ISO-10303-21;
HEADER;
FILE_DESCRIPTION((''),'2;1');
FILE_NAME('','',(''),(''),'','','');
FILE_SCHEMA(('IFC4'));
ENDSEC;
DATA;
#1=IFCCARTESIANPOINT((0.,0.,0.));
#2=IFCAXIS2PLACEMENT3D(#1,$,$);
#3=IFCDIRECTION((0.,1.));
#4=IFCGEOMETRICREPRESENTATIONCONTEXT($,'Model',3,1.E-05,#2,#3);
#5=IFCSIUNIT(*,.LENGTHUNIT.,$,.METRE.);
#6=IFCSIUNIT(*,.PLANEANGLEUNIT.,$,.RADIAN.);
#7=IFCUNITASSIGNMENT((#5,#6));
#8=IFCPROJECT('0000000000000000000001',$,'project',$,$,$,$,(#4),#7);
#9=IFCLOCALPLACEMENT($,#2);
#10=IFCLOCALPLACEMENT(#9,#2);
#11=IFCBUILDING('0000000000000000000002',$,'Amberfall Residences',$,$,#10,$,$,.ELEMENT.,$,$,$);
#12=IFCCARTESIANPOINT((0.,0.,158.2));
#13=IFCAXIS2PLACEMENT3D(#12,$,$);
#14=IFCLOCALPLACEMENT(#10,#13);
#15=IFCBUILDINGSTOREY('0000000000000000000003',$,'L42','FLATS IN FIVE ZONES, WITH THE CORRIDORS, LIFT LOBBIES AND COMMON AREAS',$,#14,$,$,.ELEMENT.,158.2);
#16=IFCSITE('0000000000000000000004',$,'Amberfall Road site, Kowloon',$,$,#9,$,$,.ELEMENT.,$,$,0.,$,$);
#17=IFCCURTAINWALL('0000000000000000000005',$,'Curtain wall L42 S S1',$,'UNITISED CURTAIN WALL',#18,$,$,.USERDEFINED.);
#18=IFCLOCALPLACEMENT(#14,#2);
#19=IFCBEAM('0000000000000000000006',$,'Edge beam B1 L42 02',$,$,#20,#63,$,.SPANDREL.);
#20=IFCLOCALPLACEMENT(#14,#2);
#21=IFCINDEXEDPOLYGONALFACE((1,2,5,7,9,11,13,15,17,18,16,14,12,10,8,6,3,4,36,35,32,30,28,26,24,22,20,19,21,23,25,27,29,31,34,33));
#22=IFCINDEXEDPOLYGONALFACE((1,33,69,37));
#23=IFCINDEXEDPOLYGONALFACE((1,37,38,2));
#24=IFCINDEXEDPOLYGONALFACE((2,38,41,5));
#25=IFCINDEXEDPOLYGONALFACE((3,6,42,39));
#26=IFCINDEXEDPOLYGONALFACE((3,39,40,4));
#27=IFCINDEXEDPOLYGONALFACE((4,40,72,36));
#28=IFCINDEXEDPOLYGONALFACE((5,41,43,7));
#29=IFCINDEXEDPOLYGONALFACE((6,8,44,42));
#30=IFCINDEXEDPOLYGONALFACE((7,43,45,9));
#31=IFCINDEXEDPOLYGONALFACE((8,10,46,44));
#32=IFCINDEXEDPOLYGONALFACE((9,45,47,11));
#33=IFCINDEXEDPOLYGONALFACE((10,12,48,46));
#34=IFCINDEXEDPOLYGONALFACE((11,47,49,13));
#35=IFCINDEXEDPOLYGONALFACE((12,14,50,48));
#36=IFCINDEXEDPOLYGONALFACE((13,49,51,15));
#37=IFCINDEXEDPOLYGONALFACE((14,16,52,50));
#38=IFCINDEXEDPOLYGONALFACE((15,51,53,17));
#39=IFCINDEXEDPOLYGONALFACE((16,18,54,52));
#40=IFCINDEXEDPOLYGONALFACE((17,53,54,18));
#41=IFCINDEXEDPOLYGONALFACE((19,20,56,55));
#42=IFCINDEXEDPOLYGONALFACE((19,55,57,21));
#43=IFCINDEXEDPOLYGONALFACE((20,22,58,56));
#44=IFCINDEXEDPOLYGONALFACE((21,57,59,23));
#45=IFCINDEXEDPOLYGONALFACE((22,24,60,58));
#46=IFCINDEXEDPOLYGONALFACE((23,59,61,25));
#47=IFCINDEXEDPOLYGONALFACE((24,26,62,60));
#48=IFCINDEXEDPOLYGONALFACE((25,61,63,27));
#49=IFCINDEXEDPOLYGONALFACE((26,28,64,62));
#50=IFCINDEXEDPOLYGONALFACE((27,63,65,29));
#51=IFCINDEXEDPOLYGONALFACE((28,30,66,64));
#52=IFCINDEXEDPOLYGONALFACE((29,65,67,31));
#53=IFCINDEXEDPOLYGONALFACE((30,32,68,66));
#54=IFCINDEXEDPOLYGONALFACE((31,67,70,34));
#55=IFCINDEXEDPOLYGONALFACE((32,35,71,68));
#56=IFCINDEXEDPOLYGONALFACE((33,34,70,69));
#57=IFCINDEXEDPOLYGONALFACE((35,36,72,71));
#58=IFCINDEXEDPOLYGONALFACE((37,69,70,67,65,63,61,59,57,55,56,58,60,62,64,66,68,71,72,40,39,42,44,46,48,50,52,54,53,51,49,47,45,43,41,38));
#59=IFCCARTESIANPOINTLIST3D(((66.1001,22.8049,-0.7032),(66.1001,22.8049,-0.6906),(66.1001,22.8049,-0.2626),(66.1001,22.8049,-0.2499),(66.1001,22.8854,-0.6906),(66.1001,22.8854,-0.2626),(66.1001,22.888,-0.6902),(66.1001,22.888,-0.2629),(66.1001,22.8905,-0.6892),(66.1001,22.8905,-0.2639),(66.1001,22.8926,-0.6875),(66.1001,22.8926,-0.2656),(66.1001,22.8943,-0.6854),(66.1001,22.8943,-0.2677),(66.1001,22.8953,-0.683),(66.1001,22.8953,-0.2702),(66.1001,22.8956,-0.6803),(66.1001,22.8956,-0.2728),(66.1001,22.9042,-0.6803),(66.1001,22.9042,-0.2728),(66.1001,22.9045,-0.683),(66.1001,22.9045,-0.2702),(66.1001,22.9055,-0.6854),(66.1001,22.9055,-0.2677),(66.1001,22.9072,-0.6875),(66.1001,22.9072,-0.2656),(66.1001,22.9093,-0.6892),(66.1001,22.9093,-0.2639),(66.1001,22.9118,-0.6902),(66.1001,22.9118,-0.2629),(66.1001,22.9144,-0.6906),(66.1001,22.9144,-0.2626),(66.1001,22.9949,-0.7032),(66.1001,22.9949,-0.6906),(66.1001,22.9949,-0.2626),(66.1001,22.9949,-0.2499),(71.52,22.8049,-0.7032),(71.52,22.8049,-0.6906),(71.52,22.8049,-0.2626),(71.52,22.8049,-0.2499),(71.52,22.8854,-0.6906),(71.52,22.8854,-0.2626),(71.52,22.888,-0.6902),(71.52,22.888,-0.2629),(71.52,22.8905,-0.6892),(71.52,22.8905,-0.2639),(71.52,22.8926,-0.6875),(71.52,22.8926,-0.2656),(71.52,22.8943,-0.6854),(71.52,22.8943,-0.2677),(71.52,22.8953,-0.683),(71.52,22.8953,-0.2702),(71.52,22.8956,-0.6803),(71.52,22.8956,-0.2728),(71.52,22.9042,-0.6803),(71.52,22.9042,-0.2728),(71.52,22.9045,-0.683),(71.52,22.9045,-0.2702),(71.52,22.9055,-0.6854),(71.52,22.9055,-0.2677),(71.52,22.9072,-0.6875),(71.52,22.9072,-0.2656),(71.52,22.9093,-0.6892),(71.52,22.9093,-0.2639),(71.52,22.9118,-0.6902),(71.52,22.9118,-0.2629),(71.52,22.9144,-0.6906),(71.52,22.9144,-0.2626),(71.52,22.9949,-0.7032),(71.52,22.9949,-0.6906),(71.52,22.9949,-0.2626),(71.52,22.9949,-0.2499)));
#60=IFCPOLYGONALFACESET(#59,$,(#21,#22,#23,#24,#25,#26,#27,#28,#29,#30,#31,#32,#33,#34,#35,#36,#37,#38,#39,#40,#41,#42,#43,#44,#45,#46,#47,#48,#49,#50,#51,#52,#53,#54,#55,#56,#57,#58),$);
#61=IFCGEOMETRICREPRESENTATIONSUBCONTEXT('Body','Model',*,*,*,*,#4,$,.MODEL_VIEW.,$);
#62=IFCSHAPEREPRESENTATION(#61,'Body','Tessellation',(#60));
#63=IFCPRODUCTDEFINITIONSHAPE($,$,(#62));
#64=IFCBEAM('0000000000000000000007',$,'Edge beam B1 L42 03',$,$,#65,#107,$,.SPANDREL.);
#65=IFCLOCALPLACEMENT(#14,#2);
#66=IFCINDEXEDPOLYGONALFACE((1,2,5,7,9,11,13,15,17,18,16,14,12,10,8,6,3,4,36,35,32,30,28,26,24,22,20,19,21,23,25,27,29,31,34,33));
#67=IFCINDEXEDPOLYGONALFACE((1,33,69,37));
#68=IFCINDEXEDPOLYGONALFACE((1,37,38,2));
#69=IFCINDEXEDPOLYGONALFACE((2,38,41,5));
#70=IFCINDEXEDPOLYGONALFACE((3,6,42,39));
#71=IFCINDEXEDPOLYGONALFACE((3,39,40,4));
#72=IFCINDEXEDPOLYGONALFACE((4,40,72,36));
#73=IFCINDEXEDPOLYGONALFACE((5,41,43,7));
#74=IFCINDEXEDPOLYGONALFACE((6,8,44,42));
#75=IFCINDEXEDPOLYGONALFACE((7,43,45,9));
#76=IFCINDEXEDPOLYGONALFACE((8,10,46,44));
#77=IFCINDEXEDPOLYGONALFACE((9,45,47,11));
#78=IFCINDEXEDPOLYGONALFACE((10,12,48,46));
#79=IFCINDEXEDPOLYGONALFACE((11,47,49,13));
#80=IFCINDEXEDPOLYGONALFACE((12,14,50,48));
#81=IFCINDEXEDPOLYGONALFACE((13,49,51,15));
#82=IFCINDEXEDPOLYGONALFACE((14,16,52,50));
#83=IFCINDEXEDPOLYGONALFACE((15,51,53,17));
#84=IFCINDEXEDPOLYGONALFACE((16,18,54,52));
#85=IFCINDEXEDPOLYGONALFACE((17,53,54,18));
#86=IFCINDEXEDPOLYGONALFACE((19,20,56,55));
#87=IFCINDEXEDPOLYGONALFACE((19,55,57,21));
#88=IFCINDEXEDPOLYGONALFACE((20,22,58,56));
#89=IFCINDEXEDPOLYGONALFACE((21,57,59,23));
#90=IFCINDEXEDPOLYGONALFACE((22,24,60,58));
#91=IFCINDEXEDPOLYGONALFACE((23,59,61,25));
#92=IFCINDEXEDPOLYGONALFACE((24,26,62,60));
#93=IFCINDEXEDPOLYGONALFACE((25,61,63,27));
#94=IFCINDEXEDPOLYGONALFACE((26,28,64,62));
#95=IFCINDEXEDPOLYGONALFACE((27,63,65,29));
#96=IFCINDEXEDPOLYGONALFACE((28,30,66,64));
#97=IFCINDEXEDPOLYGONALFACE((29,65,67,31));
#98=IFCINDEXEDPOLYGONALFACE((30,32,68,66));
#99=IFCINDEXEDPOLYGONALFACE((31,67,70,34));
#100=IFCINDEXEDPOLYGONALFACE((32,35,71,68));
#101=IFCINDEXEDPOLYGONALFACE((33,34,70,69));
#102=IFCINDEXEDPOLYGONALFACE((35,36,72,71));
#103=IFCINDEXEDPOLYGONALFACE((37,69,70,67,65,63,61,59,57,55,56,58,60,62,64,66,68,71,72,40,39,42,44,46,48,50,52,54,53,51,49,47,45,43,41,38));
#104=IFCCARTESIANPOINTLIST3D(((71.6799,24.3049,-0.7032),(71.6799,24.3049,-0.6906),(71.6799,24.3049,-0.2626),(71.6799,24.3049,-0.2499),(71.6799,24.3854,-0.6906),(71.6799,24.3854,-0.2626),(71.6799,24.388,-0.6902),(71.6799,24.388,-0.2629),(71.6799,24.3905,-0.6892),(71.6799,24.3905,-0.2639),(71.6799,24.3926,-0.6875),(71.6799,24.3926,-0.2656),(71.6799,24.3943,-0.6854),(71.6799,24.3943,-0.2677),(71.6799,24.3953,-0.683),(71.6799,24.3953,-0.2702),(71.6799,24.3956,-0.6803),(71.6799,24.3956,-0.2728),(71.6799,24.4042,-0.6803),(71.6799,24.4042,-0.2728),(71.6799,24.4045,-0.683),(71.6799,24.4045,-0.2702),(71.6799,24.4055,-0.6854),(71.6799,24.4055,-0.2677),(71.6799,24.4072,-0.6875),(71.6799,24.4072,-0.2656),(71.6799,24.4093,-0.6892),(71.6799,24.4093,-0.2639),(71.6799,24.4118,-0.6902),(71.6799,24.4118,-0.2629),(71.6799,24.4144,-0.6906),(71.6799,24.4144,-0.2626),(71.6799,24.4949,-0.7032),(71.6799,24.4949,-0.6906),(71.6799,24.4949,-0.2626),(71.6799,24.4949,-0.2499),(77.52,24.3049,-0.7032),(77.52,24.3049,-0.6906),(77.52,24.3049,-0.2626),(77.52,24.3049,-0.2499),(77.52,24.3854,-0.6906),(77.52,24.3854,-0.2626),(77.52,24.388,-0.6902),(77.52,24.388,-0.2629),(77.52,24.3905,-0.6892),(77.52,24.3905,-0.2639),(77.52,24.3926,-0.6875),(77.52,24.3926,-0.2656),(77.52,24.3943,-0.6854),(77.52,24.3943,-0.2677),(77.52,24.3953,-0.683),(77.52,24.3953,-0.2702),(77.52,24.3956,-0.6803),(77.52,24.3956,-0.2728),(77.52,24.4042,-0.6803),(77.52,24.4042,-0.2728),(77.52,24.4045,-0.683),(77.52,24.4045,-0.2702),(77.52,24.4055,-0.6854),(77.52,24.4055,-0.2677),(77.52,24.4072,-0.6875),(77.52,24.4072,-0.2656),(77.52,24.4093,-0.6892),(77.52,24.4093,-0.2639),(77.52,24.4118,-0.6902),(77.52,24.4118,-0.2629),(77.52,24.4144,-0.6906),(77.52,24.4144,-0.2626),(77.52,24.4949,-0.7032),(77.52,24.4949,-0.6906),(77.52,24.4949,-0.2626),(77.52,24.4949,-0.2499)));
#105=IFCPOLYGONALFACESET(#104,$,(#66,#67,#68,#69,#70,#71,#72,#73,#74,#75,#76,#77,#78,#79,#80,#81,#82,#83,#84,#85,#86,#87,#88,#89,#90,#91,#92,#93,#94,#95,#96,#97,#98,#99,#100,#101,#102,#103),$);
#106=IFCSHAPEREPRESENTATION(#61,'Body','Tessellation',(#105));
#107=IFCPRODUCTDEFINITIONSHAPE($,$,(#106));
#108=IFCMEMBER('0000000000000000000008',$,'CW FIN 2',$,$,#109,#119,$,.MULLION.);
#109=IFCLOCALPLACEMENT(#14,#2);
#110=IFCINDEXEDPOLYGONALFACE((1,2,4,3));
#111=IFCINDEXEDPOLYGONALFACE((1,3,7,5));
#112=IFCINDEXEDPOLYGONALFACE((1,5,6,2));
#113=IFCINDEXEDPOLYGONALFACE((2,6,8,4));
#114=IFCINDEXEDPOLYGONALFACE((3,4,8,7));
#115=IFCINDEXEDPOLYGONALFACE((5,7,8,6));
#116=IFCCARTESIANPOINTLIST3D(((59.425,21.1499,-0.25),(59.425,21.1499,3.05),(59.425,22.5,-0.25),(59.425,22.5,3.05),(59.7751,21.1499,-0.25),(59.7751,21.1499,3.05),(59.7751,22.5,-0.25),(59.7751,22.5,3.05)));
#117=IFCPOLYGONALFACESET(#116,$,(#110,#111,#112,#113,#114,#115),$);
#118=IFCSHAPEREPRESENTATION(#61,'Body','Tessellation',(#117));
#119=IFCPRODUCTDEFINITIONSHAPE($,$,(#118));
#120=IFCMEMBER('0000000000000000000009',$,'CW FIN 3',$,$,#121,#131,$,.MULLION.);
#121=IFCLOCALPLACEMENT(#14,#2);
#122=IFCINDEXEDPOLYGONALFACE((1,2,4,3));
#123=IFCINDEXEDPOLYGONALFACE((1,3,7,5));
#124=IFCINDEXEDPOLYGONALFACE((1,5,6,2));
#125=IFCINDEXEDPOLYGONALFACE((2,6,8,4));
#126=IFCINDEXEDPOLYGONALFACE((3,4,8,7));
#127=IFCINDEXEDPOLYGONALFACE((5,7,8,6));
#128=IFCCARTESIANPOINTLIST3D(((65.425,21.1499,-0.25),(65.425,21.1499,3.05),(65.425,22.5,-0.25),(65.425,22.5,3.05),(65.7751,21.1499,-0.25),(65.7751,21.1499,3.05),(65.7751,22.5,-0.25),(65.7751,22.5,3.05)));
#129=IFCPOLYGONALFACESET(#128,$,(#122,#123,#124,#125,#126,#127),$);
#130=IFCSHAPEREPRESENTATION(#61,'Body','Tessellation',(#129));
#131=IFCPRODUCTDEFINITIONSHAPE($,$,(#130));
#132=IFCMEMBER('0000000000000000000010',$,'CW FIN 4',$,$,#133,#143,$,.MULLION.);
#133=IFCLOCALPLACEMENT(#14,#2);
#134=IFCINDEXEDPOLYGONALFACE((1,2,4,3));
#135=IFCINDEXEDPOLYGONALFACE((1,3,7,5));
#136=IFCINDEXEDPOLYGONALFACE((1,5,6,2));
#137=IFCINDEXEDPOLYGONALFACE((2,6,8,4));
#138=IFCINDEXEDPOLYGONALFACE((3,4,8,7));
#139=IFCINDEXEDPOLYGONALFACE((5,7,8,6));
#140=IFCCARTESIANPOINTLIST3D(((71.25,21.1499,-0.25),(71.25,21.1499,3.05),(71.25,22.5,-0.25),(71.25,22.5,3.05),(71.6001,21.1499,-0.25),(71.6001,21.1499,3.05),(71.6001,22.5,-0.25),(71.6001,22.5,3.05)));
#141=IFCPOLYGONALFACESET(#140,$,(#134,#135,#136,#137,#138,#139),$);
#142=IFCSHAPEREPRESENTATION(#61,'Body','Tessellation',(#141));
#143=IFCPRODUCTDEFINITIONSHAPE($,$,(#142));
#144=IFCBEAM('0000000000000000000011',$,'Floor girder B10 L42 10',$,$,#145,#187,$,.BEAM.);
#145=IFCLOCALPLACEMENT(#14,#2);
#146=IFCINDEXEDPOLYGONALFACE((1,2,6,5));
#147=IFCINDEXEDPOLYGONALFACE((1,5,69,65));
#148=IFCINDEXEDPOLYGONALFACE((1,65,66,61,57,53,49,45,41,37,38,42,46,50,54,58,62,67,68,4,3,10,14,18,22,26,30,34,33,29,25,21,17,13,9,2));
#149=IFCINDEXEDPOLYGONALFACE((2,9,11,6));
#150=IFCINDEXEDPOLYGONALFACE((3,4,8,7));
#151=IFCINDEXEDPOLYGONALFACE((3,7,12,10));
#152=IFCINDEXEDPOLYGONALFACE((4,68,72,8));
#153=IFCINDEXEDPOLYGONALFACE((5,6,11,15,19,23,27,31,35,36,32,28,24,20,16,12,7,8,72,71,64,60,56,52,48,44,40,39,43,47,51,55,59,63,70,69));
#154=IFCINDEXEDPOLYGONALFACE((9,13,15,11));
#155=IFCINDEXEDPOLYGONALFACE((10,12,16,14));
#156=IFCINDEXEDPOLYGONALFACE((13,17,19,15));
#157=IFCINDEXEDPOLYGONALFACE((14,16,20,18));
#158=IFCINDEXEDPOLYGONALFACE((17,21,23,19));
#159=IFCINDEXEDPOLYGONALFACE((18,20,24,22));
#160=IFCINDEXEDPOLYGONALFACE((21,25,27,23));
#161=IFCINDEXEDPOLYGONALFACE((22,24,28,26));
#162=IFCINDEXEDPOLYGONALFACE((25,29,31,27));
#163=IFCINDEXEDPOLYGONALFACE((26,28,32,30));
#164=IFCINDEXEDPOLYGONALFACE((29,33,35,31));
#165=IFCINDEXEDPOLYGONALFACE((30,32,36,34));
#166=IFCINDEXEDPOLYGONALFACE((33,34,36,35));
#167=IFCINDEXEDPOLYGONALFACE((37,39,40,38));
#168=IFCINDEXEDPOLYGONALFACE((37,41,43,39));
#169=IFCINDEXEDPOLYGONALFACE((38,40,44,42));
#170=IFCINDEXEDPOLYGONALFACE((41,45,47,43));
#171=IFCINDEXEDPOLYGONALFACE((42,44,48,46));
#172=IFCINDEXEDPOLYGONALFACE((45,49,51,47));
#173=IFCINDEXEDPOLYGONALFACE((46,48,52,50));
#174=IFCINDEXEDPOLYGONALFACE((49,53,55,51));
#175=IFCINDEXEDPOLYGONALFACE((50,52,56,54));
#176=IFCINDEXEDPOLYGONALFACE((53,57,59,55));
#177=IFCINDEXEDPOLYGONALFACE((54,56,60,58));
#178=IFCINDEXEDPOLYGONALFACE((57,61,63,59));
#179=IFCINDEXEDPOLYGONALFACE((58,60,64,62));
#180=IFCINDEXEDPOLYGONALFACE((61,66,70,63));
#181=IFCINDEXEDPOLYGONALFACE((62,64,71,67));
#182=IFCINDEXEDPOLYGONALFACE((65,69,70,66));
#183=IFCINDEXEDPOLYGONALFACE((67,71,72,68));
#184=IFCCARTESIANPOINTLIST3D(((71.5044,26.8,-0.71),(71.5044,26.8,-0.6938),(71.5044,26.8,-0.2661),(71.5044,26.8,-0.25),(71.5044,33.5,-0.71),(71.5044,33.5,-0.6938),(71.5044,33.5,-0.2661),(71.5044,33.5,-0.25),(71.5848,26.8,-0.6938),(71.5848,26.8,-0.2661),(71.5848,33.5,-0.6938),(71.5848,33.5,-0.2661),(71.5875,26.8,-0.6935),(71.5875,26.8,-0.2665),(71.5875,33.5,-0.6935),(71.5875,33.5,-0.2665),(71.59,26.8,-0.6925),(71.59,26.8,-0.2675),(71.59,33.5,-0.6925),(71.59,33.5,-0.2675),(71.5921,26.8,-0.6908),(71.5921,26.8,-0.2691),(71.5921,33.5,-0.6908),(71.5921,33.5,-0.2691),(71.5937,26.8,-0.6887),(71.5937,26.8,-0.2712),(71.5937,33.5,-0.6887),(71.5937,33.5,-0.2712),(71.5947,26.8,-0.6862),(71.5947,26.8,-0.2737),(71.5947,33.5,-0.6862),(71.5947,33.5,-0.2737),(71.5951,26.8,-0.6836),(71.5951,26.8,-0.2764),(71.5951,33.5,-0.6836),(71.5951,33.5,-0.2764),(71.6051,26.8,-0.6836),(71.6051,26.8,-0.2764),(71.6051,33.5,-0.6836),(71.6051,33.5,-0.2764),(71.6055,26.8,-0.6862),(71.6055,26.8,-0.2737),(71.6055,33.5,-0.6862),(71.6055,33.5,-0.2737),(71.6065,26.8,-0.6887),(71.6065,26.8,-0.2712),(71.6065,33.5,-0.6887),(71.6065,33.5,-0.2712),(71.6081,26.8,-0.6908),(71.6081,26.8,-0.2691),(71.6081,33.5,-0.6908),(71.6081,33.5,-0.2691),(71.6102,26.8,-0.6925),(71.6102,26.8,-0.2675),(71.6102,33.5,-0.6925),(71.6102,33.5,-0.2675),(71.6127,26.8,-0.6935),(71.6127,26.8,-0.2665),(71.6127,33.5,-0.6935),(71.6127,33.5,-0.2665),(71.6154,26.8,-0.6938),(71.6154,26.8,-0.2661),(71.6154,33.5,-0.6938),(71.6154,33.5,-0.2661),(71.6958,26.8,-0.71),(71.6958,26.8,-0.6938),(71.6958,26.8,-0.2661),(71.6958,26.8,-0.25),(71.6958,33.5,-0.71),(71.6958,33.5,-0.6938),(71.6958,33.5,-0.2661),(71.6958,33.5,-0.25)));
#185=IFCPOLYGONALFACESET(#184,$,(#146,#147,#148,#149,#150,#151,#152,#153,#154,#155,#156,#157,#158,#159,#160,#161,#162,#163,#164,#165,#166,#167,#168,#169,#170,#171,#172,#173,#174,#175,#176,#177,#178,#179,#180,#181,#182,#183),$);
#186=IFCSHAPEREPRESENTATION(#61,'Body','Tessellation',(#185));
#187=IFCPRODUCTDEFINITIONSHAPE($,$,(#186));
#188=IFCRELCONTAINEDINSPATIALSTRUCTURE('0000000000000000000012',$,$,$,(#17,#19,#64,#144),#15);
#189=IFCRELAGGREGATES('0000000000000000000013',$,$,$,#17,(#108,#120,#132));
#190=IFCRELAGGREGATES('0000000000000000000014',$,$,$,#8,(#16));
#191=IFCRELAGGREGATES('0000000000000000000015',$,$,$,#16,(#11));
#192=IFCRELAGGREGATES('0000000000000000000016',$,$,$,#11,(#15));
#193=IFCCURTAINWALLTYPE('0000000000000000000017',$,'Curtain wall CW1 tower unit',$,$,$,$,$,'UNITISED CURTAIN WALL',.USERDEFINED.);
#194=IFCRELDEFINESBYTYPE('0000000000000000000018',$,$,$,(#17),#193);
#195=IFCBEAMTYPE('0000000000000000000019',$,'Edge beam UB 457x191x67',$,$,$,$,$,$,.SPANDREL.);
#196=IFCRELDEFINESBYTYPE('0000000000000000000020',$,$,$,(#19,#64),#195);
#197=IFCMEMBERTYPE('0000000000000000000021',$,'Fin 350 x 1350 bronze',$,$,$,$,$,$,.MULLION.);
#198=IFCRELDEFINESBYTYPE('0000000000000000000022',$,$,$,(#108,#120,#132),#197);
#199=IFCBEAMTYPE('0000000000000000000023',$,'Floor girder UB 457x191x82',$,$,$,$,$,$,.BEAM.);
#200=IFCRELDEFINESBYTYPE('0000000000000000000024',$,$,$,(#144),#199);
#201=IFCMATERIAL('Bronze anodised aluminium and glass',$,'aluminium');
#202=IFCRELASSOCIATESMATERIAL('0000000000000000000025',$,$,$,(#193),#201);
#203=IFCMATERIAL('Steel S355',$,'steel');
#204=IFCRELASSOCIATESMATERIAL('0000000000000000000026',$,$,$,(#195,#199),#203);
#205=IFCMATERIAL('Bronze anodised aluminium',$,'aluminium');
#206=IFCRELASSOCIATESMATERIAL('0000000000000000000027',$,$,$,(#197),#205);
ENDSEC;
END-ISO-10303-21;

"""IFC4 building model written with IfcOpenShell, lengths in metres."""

from ifc_helpers import new_model, si_unit, direction, frame, origin, origin_2d, place, context, subcontext, project, spatial, rectangle, i_section, extrude, material, material_profile, profile_set, type_object, element, aggregate, save


model = new_model("IFC4")

# Units and contexts
model_context = context("Model", 3, precision=1e-05, world=origin(), true_north=direction((0.0, 1.0)))
body_context = subcontext(model_context, "Body", "Model", "MODEL_VIEW")
ifc_project = project(units=[si_unit("LENGTHUNIT", "METRE"), si_unit("PLANEANGLEUNIT", "RADIAN")], contexts=[model_context])

# Site, building, storey
site_placement = place(None, origin())
site = spatial("IfcSite", under=ifc_project, at=site_placement, Name="Amberfall Road site, Kowloon", CompositionType="ELEMENT", RefElevation=0.0)
building_placement = place(site_placement, origin())
building = spatial("IfcBuilding", under=site, at=building_placement, Name="Amberfall Residences", CompositionType="ELEMENT")
storey_placement = place(building_placement, frame((0.0, 0.0, 158.2)))
storey = spatial("IfcBuildingStorey", under=building, at=storey_placement, Name="L42", Description="FLATS IN FIVE ZONES, WITH THE CORRIDORS, LIFT LOBBIES AND COMMON AREAS", CompositionType="ELEMENT", Elevation=158.2)

# Curtain wall
ifc_material_1 = material(Name="Bronze anodised aluminium and glass", Category="aluminium")
curtain_wall_type = type_object("IfcCurtainWallType", Name="Curtain wall CW1 tower unit", ElementType="UNITISED CURTAIN WALL", PredefinedType="USERDEFINED", material=ifc_material_1)
curtain_wall_placement = place(storey_placement, origin())
curtain_wall = element("IfcCurtainWall", 1, at=curtain_wall_placement, inside=storey, type_object=curtain_wall_type, Name="Curtain wall L42 S S1", ObjectType="UNITISED CURTAIN WALL", PredefinedType="USERDEFINED")
ifc_material_2 = material(Name="Bronze anodised aluminium", Category="aluminium")

# Beams
ifc_material_3 = material(Name="Steel S355", Category="steel")
ifc_material_profile_1 = material_profile(ifc_material_3, i_section(OverallWidth=0.1899, OverallDepth=0.4534, WebThickness=0.0085, FlangeThickness=0.0127, FilletRadius=0.0103, at=origin_2d()), Name="UB 457x191x67")
ifc_profile_set_1 = profile_set([ifc_material_profile_1], Name="Steel S355")
beam_type_1 = type_object("IfcBeamType", Name="Edge beam UB 457x191x67", PredefinedType="SPANDREL", material=ifc_profile_set_1)
beam_1_placement = place(storey_placement, frame((66.1001, 22.8999, -0.4766), z_axis=(1.0, 0.0, 0.0), x_axis=(0.0, 1.0, 0.0)))
element("IfcBeam", 2, at=beam_1_placement, inside=storey, type_object=beam_type_1, Name="Edge beam B1 L42 02", PredefinedType="SPANDREL", context=body_context, shape_type="SweptSolid", body=[
    extrude(i_section(OverallWidth=0.1899, OverallDepth=0.4534, WebThickness=0.0085, FlangeThickness=0.0127, FilletRadius=0.0103, at=origin_2d()), origin(), (0.0, 0.0, 1.0), 5.4199),
])
beam_2_placement = place(storey_placement, frame((71.6799, 24.3999, -0.4766), z_axis=(1.0, 0.0, 0.0), x_axis=(0.0, 1.0, 0.0)))
element("IfcBeam", 3, at=beam_2_placement, inside=storey, type_object=beam_type_1, Name="Edge beam B1 L42 03", PredefinedType="SPANDREL", context=body_context, shape_type="SweptSolid", body=[
    extrude(i_section(OverallWidth=0.1899, OverallDepth=0.4534, WebThickness=0.0085, FlangeThickness=0.0127, FilletRadius=0.0103, at=origin_2d()), origin(), (0.0, 0.0, 1.0), 5.8401),
])

# Members
ifc_material_profile_2 = material_profile(ifc_material_2, rectangle(XDim=1.3501, YDim=0.3501, at=origin_2d()), Name="Fin 350 x 1350 bronze")
ifc_profile_set_2 = profile_set([ifc_material_profile_2], Name="Bronze anodised aluminium")
member_type_1 = type_object("IfcMemberType", Name="Fin 350 x 1350 bronze", PredefinedType="MULLION", material=ifc_profile_set_2)
member_1_placement = place(storey_placement, frame((59.6001, 21.825, -0.25), z_axis=(0.0, 0.0, 1.0), x_axis=(0.0, 1.0, 0.0)))
member_1 = element("IfcMember", 4, at=member_1_placement, type_object=member_type_1, Name="CW FIN 2", PredefinedType="MULLION", context=body_context, shape_type="SweptSolid", body=[
    extrude(rectangle(XDim=1.3501, YDim=0.3501, at=origin_2d()), origin(), (0.0, 0.0, 1.0), 3.3),
])
member_2_placement = place(storey_placement, frame((65.6001, 21.825, -0.25), z_axis=(0.0, 0.0, 1.0), x_axis=(0.0, 1.0, 0.0)))
member_2 = element("IfcMember", 5, at=member_2_placement, type_object=member_type_1, Name="CW FIN 3", PredefinedType="MULLION", context=body_context, shape_type="SweptSolid", body=[
    extrude(rectangle(XDim=1.3501, YDim=0.3501, at=origin_2d()), origin(), (0.0, 0.0, 1.0), 3.3),
])
member_3_placement = place(storey_placement, frame((71.425, 21.825, -0.25), z_axis=(0.0, 0.0, 1.0), x_axis=(0.0, 1.0, 0.0)))
member_3 = element("IfcMember", 6, at=member_3_placement, type_object=member_type_1, Name="CW FIN 4", PredefinedType="MULLION", context=body_context, shape_type="SweptSolid", body=[
    extrude(rectangle(XDim=1.3501, YDim=0.3501, at=origin_2d()), origin(), (0.0, 0.0, 1.0), 3.3),
])

# Beam
ifc_material_profile_3 = material_profile(ifc_material_3, i_section(OverallWidth=0.1914, OverallDepth=0.46, WebThickness=0.01, FlangeThickness=0.0161, FilletRadius=0.0103, at=origin_2d()), Name="UB 457x191x82")
ifc_profile_set_3 = profile_set([ifc_material_profile_3], Name="Steel S355")
beam_type_2 = type_object("IfcBeamType", Name="Floor girder UB 457x191x82", PredefinedType="BEAM", material=ifc_profile_set_3)
beam_3_placement = place(storey_placement, frame((71.6001, 26.8, -0.48), z_axis=(0.0, 1.0, 0.0), x_axis=(-1.0, 0.0, 0.0)))
element("IfcBeam", 7, at=beam_3_placement, inside=storey, type_object=beam_type_2, Name="Floor girder B10 L42 10", PredefinedType="BEAM", context=body_context, shape_type="SweptSolid", body=[
    extrude(i_section(OverallWidth=0.1914, OverallDepth=0.46, WebThickness=0.01, FlangeThickness=0.0161, FilletRadius=0.0103, at=origin_2d()), origin(), (0.0, 0.0, 1.0), 6.7),
])

aggregate(curtain_wall, [member_1, member_2, member_3])

save(model, "model.ifc")
